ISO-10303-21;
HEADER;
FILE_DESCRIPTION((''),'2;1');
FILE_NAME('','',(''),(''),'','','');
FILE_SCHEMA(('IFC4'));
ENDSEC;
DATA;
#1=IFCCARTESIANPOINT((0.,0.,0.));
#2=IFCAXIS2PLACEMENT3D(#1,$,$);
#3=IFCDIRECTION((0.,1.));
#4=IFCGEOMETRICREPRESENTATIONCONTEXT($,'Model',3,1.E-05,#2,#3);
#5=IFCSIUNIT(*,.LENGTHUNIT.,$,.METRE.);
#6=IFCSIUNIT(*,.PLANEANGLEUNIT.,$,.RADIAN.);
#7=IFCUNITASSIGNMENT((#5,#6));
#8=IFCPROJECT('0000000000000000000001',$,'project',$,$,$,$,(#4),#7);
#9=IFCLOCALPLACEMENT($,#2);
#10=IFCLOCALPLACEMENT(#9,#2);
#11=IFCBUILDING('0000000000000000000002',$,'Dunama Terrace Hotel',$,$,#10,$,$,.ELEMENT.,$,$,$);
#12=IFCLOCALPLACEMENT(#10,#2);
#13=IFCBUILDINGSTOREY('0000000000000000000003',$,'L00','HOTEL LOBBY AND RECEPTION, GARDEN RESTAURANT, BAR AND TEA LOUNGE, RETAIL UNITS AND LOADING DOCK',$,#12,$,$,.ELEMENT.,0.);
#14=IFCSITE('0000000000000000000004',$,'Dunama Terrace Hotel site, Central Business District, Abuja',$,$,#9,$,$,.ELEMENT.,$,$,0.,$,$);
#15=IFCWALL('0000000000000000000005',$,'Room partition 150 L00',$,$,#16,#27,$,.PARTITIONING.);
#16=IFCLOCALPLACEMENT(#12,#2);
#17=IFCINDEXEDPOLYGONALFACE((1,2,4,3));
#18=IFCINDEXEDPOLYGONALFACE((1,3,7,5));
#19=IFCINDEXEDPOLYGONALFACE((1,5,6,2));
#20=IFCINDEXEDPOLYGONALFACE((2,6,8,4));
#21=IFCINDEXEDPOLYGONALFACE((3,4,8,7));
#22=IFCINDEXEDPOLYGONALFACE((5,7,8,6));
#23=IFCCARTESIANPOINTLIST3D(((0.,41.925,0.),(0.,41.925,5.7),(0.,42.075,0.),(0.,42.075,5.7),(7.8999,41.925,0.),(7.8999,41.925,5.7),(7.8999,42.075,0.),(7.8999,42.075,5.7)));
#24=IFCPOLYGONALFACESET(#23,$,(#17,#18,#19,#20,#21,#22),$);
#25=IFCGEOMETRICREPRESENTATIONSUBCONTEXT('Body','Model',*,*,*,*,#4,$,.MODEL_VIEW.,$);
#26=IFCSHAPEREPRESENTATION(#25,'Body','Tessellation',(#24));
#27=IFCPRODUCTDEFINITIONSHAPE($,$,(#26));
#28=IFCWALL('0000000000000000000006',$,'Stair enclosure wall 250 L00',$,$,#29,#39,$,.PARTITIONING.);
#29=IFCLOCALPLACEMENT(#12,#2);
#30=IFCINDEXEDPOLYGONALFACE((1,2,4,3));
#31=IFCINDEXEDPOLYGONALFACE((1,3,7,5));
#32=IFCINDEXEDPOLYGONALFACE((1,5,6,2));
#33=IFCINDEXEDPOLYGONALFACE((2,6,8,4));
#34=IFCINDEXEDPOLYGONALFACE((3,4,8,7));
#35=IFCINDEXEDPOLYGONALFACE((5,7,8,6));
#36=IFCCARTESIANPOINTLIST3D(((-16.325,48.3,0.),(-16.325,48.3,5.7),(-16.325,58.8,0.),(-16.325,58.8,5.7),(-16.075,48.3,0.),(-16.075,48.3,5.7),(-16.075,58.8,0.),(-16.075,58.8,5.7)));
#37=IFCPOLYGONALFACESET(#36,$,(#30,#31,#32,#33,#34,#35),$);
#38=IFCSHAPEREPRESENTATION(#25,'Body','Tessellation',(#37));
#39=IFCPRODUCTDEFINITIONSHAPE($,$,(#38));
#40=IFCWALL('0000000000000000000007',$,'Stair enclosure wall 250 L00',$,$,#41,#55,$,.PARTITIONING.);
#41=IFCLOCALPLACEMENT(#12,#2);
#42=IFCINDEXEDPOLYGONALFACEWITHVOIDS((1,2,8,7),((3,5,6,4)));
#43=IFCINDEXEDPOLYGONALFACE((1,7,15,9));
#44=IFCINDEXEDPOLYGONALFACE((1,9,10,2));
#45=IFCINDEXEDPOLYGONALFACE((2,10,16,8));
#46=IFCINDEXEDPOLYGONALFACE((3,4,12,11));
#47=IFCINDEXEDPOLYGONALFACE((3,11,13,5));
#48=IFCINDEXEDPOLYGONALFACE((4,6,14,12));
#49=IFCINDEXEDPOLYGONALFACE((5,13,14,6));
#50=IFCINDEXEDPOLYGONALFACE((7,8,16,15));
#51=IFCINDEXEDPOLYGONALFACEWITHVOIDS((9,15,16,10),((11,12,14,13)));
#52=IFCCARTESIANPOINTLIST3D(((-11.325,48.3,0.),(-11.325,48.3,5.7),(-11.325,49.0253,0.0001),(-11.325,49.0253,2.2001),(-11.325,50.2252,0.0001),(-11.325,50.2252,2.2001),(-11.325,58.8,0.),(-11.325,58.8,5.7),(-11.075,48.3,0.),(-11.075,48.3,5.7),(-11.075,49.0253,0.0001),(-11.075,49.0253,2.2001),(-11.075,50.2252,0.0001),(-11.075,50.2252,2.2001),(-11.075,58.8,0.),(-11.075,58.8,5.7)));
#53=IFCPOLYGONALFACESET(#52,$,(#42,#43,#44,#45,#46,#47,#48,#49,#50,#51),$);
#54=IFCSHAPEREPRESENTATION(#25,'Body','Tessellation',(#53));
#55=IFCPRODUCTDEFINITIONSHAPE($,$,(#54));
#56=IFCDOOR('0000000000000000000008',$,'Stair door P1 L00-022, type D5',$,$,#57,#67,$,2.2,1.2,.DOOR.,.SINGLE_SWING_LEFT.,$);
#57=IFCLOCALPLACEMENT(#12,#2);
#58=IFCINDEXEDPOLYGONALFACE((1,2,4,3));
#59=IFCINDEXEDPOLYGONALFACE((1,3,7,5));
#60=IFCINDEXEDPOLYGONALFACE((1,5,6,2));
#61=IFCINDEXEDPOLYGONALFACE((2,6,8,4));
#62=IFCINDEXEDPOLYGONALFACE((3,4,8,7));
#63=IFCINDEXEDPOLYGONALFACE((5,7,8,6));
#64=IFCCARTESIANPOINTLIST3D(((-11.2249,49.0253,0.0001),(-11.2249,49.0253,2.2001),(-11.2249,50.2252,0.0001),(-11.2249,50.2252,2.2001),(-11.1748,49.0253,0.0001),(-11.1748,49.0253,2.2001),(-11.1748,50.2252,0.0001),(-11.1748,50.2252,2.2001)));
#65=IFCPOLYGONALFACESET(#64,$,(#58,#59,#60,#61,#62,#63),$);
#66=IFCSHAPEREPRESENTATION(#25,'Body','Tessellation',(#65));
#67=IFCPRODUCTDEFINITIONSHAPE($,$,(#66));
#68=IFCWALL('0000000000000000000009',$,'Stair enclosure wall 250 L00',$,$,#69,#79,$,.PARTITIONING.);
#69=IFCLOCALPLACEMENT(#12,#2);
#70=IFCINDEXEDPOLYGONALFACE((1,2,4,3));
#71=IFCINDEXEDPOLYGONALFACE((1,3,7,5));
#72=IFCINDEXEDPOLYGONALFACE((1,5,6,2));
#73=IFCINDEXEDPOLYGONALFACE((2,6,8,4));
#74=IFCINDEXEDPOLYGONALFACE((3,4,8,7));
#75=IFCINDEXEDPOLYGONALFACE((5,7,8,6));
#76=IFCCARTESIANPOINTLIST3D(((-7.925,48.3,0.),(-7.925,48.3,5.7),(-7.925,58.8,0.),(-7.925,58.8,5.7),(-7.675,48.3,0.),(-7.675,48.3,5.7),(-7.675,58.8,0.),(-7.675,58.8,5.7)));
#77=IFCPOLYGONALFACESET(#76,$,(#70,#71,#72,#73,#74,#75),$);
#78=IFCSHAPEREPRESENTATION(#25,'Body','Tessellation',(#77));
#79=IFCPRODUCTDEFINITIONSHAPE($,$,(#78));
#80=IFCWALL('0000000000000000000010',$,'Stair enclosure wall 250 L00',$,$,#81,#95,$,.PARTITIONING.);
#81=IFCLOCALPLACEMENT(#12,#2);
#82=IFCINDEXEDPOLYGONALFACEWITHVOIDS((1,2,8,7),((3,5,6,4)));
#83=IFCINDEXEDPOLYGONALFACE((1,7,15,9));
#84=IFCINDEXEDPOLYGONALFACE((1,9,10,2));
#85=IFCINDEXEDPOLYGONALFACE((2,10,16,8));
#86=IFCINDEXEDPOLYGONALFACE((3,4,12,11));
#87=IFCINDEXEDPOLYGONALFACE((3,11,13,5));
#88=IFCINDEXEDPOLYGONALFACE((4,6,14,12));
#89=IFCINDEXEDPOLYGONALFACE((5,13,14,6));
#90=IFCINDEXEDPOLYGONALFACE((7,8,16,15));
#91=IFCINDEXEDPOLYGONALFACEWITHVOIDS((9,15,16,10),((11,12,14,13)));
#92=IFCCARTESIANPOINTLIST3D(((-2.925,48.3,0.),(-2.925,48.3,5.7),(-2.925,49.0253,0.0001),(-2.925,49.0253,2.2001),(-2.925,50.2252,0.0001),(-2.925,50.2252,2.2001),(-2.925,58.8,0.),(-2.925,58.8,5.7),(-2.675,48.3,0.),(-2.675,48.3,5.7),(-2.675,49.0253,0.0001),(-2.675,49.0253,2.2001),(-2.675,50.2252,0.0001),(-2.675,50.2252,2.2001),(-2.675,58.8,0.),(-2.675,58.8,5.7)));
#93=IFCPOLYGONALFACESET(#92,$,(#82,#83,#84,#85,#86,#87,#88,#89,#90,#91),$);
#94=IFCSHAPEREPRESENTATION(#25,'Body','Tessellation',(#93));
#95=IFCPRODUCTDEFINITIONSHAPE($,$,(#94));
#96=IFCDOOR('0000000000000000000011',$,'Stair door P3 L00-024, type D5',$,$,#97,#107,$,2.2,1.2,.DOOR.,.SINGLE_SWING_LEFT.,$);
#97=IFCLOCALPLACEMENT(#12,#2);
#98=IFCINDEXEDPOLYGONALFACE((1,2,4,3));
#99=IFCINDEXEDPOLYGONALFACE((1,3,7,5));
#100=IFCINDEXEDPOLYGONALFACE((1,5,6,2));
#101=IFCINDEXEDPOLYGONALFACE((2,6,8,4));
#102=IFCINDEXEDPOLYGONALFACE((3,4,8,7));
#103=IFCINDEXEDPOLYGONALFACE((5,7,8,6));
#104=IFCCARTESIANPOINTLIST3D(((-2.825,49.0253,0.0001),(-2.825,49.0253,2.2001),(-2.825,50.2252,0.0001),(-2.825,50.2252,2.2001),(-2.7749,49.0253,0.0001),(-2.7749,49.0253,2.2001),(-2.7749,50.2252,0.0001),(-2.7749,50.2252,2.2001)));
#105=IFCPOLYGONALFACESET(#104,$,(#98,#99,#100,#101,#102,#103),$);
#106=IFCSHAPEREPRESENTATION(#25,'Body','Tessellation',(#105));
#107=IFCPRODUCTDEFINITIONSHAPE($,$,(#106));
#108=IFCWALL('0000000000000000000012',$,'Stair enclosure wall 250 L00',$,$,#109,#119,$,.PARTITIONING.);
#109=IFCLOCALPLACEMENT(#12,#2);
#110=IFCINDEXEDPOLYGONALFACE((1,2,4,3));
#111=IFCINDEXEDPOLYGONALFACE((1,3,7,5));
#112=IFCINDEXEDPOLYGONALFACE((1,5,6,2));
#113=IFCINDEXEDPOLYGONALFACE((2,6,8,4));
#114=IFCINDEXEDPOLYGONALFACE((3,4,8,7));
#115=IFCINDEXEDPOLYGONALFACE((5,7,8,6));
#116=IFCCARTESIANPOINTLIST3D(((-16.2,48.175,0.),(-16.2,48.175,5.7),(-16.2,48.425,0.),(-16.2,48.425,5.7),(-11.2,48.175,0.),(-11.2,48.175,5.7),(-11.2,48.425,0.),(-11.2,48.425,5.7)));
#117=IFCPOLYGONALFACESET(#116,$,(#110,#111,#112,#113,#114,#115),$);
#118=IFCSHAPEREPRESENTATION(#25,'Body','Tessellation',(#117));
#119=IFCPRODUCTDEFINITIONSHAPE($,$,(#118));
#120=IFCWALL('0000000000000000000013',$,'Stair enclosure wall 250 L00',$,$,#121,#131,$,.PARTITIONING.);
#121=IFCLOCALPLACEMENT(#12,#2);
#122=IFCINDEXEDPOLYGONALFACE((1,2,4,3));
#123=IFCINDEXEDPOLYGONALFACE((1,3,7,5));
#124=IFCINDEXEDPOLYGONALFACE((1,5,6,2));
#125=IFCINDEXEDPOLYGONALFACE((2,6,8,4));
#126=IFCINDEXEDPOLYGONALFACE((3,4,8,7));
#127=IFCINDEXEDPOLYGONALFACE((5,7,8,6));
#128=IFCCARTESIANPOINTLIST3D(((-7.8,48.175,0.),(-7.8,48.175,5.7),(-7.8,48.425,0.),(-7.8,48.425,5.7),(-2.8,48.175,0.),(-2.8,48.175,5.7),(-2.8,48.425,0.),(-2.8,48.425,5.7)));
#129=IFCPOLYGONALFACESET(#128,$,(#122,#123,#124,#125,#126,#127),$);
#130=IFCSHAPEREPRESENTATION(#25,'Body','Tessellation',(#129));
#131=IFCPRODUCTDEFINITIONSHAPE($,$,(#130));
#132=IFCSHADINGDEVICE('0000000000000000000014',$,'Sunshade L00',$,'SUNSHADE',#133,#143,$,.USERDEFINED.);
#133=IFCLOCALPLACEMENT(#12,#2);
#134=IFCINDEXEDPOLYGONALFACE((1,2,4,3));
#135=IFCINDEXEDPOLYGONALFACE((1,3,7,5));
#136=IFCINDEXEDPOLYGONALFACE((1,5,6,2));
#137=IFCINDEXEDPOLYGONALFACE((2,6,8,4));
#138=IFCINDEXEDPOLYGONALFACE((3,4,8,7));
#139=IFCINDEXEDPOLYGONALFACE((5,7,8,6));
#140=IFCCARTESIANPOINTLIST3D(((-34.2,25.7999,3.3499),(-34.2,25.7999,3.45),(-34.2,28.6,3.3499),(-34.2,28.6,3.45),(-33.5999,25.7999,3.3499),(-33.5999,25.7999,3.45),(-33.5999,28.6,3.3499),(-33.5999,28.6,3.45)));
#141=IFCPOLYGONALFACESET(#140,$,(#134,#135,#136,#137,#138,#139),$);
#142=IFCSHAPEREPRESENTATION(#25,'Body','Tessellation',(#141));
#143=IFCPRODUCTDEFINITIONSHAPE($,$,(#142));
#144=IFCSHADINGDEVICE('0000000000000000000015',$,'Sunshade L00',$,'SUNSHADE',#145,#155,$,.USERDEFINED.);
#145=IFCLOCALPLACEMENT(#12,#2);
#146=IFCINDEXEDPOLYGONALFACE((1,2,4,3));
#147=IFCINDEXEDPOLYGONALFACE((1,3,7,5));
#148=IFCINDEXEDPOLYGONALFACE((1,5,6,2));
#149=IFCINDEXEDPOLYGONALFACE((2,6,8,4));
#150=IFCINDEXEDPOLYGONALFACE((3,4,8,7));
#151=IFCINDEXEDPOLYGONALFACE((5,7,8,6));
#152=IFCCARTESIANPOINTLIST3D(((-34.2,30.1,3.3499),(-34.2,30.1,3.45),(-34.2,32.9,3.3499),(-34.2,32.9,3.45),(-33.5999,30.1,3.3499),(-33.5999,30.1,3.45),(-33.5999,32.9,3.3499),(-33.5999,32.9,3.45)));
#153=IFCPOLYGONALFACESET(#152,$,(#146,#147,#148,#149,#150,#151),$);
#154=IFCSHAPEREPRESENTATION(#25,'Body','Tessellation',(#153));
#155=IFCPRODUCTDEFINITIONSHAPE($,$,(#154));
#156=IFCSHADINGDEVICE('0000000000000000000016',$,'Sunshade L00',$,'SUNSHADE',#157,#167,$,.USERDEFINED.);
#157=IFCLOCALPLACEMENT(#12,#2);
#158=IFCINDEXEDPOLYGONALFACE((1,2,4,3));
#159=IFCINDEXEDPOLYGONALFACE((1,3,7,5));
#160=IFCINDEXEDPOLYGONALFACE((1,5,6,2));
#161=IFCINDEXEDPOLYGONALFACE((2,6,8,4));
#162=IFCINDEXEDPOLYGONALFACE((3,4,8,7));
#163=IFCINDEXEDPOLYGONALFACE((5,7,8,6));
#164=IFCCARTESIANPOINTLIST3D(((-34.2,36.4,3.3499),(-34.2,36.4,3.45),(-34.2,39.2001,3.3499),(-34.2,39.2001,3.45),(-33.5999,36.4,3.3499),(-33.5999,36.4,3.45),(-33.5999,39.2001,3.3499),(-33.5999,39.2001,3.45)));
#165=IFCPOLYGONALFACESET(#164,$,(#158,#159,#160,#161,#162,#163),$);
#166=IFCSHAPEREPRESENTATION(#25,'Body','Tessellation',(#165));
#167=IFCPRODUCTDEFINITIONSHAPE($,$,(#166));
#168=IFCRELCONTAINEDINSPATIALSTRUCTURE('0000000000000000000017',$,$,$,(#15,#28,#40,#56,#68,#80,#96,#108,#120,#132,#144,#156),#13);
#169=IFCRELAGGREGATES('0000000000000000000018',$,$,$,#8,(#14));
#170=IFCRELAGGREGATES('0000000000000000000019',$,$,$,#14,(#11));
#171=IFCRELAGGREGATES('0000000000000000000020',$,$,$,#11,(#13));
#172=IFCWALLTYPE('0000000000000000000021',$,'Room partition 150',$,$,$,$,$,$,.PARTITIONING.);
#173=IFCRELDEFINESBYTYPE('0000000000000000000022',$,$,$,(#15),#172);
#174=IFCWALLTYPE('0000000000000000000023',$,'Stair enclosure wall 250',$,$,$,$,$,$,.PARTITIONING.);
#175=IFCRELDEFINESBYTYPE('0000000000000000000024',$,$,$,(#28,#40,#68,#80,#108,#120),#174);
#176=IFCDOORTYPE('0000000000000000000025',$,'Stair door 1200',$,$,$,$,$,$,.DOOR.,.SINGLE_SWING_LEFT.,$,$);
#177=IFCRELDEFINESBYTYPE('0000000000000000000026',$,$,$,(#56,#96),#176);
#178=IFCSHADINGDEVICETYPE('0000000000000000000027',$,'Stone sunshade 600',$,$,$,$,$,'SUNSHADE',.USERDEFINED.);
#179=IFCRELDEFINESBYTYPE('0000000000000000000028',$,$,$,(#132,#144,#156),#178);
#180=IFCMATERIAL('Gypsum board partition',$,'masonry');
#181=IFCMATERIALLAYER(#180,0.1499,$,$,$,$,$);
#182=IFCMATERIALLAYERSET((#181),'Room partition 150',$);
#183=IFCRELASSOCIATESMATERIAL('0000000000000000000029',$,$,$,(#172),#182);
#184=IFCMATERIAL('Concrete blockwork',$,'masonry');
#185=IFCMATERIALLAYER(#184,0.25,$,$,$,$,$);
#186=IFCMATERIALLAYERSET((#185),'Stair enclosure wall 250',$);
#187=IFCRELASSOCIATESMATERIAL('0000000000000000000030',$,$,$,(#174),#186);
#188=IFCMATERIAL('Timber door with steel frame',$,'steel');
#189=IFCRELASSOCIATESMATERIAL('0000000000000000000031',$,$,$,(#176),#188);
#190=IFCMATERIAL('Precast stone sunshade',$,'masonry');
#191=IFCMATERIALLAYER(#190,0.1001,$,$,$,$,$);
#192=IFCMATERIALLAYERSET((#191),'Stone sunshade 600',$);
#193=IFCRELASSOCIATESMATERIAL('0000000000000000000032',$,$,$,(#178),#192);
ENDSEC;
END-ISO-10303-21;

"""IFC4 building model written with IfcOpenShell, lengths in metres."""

from ifc_helpers import new_model, si_unit, direction, frame, frame_2d, origin, origin_2d, place, context, subcontext, project, spatial, rectangle, extrude, material, layer, layer_set, type_object, element, fill, save


model = new_model("IFC4")

# Units and contexts
model_context = context("Model", 3, precision=1e-05, world=origin(), true_north=direction((0.0, 1.0)))
body_context = subcontext(model_context, "Body", "Model", "MODEL_VIEW")
ifc_project = project(units=[si_unit("LENGTHUNIT", "METRE"), si_unit("PLANEANGLEUNIT", "RADIAN")], contexts=[model_context])

# Site, building, storey
site_placement = place(None, origin())
site = spatial("IfcSite", under=ifc_project, at=site_placement, Name="Dunama Terrace Hotel site, Central Business District, Abuja", CompositionType="ELEMENT", RefElevation=0.0)
building_placement = place(site_placement, origin())
building = spatial("IfcBuilding", under=site, at=building_placement, Name="Dunama Terrace Hotel", CompositionType="ELEMENT")
storey_placement = place(building_placement, origin())
storey = spatial("IfcBuildingStorey", under=building, at=storey_placement, Name="L00", Description="HOTEL LOBBY AND RECEPTION, GARDEN RESTAURANT, BAR AND TEA LOUNGE, RETAIL UNITS AND LOADING DOCK", CompositionType="ELEMENT", Elevation=0.0)

# Walls
ifc_material_1 = material(Name="Gypsum board partition", Category="masonry")
ifc_layer_1 = layer(ifc_material_1, 0.1499)
ifc_layer_set_1 = layer_set([ifc_layer_1], Name="Room partition 150")
wall_type_1 = type_object("IfcWallType", Name="Room partition 150", PredefinedType="PARTITIONING", material=ifc_layer_set_1)
wall_1_placement = place(storey_placement, frame((0.0, 42.0, 0.0), z_axis=(0.0, 0.0, 1.0), x_axis=(1.0, 0.0, 0.0)))
element("IfcWall", 1, at=wall_1_placement, inside=storey, type_object=wall_type_1, Name="Room partition 150 L00", PredefinedType="PARTITIONING", context=body_context, shape_type="SweptSolid", body=[
    extrude(rectangle(XDim=7.8999, YDim=0.1499, at=frame_2d((3.95, 0.0))), origin(), (0.0, 0.0, 1.0), 5.7),
])
ifc_material_2 = material(Name="Concrete blockwork", Category="masonry")
ifc_layer_2 = layer(ifc_material_2, 0.25)
ifc_layer_set_2 = layer_set([ifc_layer_2], Name="Stair enclosure wall 250")
wall_type_2 = type_object("IfcWallType", Name="Stair enclosure wall 250", PredefinedType="PARTITIONING", material=ifc_layer_set_2)
wall_2_placement = place(storey_placement, frame((-16.2, 48.3, 0.0), z_axis=(0.0, 0.0, 1.0), x_axis=(0.0, 1.0, 0.0)))
element("IfcWall", 2, at=wall_2_placement, inside=storey, type_object=wall_type_2, Name="Stair enclosure wall 250 L00", PredefinedType="PARTITIONING", context=body_context, shape_type="SweptSolid", body=[
    extrude(rectangle(XDim=10.5, YDim=0.25, at=frame_2d((5.25, 0.0))), origin(), (0.0, 0.0, 1.0), 5.7),
])

# Wall, opening, door
wall_3_placement = place(storey_placement, frame((-11.2, 48.3, 0.0), z_axis=(0.0, 0.0, 1.0), x_axis=(0.0, 1.0, 0.0)))
wall_3 = element("IfcWall", 3, at=wall_3_placement, inside=storey, type_object=wall_type_2, Name="Stair enclosure wall 250 L00", PredefinedType="PARTITIONING", context=body_context, shape_type="SweptSolid", body=[
    extrude(rectangle(XDim=10.5, YDim=0.25, at=frame_2d((5.25, 0.0))), origin(), (0.0, 0.0, 1.0), 5.7),
])
opening_1_placement = place(wall_3_placement, frame((0.7251, 0.0, 0.0)))
opening_1 = element("IfcOpeningElement", 4, at=opening_1_placement, cuts=wall_3, PredefinedType="OPENING", context=body_context, shape_type="SweptSolid", body=[
    extrude(rectangle(XDim=1.2, YDim=2.2, at=frame_2d((0.6001, 1.1001))), frame((0.0, 0.135, 0.0), z_axis=(0.0, -1.0, 0.0), x_axis=(1.0, 0.0, 0.0)), (0.0, 0.0, 1.0), 0.27),
])
ifc_material_3 = material(Name="Timber door with steel frame", Category="steel")
door_type = type_object("IfcDoorType", Name="Stair door 1200", OperationType="SINGLE_SWING_LEFT", PredefinedType="DOOR", material=ifc_material_3)
door_1_placement = place(opening_1_placement, frame((1.2, 0.0, 0.0), z_axis=(0.0, 0.0, 1.0), x_axis=(-1.0, 0.0, 0.0)))
door_1 = element("IfcDoor", 5, at=door_1_placement, inside=storey, type_object=door_type, Name="Stair door P1 L00-022, type D5", OperationType="SINGLE_SWING_LEFT", OverallHeight=2.2, OverallWidth=1.2, PredefinedType="DOOR", context=body_context, shape_type="SweptSolid", body=[
    extrude(rectangle(XDim=1.2, YDim=2.2, at=frame_2d((0.5999, 1.1001))), frame((0.0, 0.0251, 0.0), z_axis=(0.0, -1.0, 0.0), x_axis=(1.0, 0.0, 0.0)), (0.0, 0.0, 1.0), 0.05),
])
fill(opening_1, door_1)

# Wall
wall_4_placement = place(storey_placement, frame((-7.8, 48.3, 0.0), z_axis=(0.0, 0.0, 1.0), x_axis=(0.0, 1.0, 0.0)))
element("IfcWall", 6, at=wall_4_placement, inside=storey, type_object=wall_type_2, Name="Stair enclosure wall 250 L00", PredefinedType="PARTITIONING", context=body_context, shape_type="SweptSolid", body=[
    extrude(rectangle(XDim=10.5, YDim=0.25, at=frame_2d((5.25, 0.0))), origin(), (0.0, 0.0, 1.0), 5.7),
])

# Wall, opening, door
wall_5_placement = place(storey_placement, frame((-2.8, 48.3, 0.0), z_axis=(0.0, 0.0, 1.0), x_axis=(0.0, 1.0, 0.0)))
wall_5 = element("IfcWall", 7, at=wall_5_placement, inside=storey, type_object=wall_type_2, Name="Stair enclosure wall 250 L00", PredefinedType="PARTITIONING", context=body_context, shape_type="SweptSolid", body=[
    extrude(rectangle(XDim=10.5, YDim=0.25, at=frame_2d((5.25, 0.0))), origin(), (0.0, 0.0, 1.0), 5.7),
])
opening_2_placement = place(wall_5_placement, frame((0.7251, 0.0, 0.0)))
opening_2 = element("IfcOpeningElement", 8, at=opening_2_placement, cuts=wall_5, PredefinedType="OPENING", context=body_context, shape_type="SweptSolid", body=[
    extrude(rectangle(XDim=1.2, YDim=2.2, at=frame_2d((0.6001, 1.1001))), frame((0.0, 0.135, 0.0), z_axis=(0.0, -1.0, 0.0), x_axis=(1.0, 0.0, 0.0)), (0.0, 0.0, 1.0), 0.27),
])
door_2_placement = place(opening_2_placement, frame((1.2, 0.0, 0.0), z_axis=(0.0, 0.0, 1.0), x_axis=(-1.0, 0.0, 0.0)))
door_2 = element("IfcDoor", 9, at=door_2_placement, inside=storey, type_object=door_type, Name="Stair door P3 L00-024, type D5", OperationType="SINGLE_SWING_LEFT", OverallHeight=2.2, OverallWidth=1.2, PredefinedType="DOOR", context=body_context, shape_type="SweptSolid", body=[
    extrude(rectangle(XDim=1.2, YDim=2.2, at=frame_2d((0.5999, 1.1001))), frame((0.0, 0.0251, 0.0), z_axis=(0.0, -1.0, 0.0), x_axis=(1.0, 0.0, 0.0)), (0.0, 0.0, 1.0), 0.05),
])
fill(opening_2, door_2)

# Walls
for number, where, z_axis, x_axis, name in (
    (10, (-16.2, 48.3, 0.0), (0.0, 0.0, 1.0), (1.0, 0.0, 0.0), "Stair enclosure wall 250 L00"),
    (11, (-7.8, 48.3, 0.0), (0.0, 0.0, 1.0), (1.0, 0.0, 0.0), "Stair enclosure wall 250 L00"),
):
    element("IfcWall", number, at=place(storey_placement, frame(where, z_axis=z_axis, x_axis=x_axis)), inside=storey, type_object=wall_type_2, Name=name, PredefinedType="PARTITIONING", context=body_context, shape_type="SweptSolid", body=[
        extrude(rectangle(XDim=5.0, YDim=0.25, at=frame_2d((2.5, 0.0))), origin(), (0.0, 0.0, 1.0), 5.7),
    ])

# Shading devices
ifc_material_4 = material(Name="Precast stone sunshade", Category="masonry")
ifc_layer_3 = layer(ifc_material_4, 0.1001)
ifc_layer_set_3 = layer_set([ifc_layer_3], Name="Stone sunshade 600")
shading_device_type = type_object("IfcShadingDeviceType", Name="Stone sunshade 600", ElementType="SUNSHADE", PredefinedType="USERDEFINED", material=ifc_layer_set_3)
for number, where, z_axis, x_axis, name in (
    (12, (-33.8999, 27.2, 3.3499), (0.0, 0.0, 1.0), (0.0, -1.0, 0.0), "Sunshade L00"),
    (13, (-33.8999, 31.5, 3.3499), (0.0, 0.0, 1.0), (0.0, -1.0, 0.0), "Sunshade L00"),
    (14, (-33.8999, 37.8, 3.3499), (0.0, 0.0, 1.0), (0.0, -1.0, 0.0), "Sunshade L00"),
):
    element("IfcShadingDevice", number, at=place(storey_placement, frame(where, z_axis=z_axis, x_axis=x_axis)), inside=storey, type_object=shading_device_type, Name=name, ObjectType="SUNSHADE", PredefinedType="USERDEFINED", context=body_context, shape_type="SweptSolid", body=[
        extrude(rectangle(XDim=2.8, YDim=0.6001, at=origin_2d()), origin(), (0.0, 0.0, 1.0), 0.1001),
    ])

save(model, "model.ifc")
